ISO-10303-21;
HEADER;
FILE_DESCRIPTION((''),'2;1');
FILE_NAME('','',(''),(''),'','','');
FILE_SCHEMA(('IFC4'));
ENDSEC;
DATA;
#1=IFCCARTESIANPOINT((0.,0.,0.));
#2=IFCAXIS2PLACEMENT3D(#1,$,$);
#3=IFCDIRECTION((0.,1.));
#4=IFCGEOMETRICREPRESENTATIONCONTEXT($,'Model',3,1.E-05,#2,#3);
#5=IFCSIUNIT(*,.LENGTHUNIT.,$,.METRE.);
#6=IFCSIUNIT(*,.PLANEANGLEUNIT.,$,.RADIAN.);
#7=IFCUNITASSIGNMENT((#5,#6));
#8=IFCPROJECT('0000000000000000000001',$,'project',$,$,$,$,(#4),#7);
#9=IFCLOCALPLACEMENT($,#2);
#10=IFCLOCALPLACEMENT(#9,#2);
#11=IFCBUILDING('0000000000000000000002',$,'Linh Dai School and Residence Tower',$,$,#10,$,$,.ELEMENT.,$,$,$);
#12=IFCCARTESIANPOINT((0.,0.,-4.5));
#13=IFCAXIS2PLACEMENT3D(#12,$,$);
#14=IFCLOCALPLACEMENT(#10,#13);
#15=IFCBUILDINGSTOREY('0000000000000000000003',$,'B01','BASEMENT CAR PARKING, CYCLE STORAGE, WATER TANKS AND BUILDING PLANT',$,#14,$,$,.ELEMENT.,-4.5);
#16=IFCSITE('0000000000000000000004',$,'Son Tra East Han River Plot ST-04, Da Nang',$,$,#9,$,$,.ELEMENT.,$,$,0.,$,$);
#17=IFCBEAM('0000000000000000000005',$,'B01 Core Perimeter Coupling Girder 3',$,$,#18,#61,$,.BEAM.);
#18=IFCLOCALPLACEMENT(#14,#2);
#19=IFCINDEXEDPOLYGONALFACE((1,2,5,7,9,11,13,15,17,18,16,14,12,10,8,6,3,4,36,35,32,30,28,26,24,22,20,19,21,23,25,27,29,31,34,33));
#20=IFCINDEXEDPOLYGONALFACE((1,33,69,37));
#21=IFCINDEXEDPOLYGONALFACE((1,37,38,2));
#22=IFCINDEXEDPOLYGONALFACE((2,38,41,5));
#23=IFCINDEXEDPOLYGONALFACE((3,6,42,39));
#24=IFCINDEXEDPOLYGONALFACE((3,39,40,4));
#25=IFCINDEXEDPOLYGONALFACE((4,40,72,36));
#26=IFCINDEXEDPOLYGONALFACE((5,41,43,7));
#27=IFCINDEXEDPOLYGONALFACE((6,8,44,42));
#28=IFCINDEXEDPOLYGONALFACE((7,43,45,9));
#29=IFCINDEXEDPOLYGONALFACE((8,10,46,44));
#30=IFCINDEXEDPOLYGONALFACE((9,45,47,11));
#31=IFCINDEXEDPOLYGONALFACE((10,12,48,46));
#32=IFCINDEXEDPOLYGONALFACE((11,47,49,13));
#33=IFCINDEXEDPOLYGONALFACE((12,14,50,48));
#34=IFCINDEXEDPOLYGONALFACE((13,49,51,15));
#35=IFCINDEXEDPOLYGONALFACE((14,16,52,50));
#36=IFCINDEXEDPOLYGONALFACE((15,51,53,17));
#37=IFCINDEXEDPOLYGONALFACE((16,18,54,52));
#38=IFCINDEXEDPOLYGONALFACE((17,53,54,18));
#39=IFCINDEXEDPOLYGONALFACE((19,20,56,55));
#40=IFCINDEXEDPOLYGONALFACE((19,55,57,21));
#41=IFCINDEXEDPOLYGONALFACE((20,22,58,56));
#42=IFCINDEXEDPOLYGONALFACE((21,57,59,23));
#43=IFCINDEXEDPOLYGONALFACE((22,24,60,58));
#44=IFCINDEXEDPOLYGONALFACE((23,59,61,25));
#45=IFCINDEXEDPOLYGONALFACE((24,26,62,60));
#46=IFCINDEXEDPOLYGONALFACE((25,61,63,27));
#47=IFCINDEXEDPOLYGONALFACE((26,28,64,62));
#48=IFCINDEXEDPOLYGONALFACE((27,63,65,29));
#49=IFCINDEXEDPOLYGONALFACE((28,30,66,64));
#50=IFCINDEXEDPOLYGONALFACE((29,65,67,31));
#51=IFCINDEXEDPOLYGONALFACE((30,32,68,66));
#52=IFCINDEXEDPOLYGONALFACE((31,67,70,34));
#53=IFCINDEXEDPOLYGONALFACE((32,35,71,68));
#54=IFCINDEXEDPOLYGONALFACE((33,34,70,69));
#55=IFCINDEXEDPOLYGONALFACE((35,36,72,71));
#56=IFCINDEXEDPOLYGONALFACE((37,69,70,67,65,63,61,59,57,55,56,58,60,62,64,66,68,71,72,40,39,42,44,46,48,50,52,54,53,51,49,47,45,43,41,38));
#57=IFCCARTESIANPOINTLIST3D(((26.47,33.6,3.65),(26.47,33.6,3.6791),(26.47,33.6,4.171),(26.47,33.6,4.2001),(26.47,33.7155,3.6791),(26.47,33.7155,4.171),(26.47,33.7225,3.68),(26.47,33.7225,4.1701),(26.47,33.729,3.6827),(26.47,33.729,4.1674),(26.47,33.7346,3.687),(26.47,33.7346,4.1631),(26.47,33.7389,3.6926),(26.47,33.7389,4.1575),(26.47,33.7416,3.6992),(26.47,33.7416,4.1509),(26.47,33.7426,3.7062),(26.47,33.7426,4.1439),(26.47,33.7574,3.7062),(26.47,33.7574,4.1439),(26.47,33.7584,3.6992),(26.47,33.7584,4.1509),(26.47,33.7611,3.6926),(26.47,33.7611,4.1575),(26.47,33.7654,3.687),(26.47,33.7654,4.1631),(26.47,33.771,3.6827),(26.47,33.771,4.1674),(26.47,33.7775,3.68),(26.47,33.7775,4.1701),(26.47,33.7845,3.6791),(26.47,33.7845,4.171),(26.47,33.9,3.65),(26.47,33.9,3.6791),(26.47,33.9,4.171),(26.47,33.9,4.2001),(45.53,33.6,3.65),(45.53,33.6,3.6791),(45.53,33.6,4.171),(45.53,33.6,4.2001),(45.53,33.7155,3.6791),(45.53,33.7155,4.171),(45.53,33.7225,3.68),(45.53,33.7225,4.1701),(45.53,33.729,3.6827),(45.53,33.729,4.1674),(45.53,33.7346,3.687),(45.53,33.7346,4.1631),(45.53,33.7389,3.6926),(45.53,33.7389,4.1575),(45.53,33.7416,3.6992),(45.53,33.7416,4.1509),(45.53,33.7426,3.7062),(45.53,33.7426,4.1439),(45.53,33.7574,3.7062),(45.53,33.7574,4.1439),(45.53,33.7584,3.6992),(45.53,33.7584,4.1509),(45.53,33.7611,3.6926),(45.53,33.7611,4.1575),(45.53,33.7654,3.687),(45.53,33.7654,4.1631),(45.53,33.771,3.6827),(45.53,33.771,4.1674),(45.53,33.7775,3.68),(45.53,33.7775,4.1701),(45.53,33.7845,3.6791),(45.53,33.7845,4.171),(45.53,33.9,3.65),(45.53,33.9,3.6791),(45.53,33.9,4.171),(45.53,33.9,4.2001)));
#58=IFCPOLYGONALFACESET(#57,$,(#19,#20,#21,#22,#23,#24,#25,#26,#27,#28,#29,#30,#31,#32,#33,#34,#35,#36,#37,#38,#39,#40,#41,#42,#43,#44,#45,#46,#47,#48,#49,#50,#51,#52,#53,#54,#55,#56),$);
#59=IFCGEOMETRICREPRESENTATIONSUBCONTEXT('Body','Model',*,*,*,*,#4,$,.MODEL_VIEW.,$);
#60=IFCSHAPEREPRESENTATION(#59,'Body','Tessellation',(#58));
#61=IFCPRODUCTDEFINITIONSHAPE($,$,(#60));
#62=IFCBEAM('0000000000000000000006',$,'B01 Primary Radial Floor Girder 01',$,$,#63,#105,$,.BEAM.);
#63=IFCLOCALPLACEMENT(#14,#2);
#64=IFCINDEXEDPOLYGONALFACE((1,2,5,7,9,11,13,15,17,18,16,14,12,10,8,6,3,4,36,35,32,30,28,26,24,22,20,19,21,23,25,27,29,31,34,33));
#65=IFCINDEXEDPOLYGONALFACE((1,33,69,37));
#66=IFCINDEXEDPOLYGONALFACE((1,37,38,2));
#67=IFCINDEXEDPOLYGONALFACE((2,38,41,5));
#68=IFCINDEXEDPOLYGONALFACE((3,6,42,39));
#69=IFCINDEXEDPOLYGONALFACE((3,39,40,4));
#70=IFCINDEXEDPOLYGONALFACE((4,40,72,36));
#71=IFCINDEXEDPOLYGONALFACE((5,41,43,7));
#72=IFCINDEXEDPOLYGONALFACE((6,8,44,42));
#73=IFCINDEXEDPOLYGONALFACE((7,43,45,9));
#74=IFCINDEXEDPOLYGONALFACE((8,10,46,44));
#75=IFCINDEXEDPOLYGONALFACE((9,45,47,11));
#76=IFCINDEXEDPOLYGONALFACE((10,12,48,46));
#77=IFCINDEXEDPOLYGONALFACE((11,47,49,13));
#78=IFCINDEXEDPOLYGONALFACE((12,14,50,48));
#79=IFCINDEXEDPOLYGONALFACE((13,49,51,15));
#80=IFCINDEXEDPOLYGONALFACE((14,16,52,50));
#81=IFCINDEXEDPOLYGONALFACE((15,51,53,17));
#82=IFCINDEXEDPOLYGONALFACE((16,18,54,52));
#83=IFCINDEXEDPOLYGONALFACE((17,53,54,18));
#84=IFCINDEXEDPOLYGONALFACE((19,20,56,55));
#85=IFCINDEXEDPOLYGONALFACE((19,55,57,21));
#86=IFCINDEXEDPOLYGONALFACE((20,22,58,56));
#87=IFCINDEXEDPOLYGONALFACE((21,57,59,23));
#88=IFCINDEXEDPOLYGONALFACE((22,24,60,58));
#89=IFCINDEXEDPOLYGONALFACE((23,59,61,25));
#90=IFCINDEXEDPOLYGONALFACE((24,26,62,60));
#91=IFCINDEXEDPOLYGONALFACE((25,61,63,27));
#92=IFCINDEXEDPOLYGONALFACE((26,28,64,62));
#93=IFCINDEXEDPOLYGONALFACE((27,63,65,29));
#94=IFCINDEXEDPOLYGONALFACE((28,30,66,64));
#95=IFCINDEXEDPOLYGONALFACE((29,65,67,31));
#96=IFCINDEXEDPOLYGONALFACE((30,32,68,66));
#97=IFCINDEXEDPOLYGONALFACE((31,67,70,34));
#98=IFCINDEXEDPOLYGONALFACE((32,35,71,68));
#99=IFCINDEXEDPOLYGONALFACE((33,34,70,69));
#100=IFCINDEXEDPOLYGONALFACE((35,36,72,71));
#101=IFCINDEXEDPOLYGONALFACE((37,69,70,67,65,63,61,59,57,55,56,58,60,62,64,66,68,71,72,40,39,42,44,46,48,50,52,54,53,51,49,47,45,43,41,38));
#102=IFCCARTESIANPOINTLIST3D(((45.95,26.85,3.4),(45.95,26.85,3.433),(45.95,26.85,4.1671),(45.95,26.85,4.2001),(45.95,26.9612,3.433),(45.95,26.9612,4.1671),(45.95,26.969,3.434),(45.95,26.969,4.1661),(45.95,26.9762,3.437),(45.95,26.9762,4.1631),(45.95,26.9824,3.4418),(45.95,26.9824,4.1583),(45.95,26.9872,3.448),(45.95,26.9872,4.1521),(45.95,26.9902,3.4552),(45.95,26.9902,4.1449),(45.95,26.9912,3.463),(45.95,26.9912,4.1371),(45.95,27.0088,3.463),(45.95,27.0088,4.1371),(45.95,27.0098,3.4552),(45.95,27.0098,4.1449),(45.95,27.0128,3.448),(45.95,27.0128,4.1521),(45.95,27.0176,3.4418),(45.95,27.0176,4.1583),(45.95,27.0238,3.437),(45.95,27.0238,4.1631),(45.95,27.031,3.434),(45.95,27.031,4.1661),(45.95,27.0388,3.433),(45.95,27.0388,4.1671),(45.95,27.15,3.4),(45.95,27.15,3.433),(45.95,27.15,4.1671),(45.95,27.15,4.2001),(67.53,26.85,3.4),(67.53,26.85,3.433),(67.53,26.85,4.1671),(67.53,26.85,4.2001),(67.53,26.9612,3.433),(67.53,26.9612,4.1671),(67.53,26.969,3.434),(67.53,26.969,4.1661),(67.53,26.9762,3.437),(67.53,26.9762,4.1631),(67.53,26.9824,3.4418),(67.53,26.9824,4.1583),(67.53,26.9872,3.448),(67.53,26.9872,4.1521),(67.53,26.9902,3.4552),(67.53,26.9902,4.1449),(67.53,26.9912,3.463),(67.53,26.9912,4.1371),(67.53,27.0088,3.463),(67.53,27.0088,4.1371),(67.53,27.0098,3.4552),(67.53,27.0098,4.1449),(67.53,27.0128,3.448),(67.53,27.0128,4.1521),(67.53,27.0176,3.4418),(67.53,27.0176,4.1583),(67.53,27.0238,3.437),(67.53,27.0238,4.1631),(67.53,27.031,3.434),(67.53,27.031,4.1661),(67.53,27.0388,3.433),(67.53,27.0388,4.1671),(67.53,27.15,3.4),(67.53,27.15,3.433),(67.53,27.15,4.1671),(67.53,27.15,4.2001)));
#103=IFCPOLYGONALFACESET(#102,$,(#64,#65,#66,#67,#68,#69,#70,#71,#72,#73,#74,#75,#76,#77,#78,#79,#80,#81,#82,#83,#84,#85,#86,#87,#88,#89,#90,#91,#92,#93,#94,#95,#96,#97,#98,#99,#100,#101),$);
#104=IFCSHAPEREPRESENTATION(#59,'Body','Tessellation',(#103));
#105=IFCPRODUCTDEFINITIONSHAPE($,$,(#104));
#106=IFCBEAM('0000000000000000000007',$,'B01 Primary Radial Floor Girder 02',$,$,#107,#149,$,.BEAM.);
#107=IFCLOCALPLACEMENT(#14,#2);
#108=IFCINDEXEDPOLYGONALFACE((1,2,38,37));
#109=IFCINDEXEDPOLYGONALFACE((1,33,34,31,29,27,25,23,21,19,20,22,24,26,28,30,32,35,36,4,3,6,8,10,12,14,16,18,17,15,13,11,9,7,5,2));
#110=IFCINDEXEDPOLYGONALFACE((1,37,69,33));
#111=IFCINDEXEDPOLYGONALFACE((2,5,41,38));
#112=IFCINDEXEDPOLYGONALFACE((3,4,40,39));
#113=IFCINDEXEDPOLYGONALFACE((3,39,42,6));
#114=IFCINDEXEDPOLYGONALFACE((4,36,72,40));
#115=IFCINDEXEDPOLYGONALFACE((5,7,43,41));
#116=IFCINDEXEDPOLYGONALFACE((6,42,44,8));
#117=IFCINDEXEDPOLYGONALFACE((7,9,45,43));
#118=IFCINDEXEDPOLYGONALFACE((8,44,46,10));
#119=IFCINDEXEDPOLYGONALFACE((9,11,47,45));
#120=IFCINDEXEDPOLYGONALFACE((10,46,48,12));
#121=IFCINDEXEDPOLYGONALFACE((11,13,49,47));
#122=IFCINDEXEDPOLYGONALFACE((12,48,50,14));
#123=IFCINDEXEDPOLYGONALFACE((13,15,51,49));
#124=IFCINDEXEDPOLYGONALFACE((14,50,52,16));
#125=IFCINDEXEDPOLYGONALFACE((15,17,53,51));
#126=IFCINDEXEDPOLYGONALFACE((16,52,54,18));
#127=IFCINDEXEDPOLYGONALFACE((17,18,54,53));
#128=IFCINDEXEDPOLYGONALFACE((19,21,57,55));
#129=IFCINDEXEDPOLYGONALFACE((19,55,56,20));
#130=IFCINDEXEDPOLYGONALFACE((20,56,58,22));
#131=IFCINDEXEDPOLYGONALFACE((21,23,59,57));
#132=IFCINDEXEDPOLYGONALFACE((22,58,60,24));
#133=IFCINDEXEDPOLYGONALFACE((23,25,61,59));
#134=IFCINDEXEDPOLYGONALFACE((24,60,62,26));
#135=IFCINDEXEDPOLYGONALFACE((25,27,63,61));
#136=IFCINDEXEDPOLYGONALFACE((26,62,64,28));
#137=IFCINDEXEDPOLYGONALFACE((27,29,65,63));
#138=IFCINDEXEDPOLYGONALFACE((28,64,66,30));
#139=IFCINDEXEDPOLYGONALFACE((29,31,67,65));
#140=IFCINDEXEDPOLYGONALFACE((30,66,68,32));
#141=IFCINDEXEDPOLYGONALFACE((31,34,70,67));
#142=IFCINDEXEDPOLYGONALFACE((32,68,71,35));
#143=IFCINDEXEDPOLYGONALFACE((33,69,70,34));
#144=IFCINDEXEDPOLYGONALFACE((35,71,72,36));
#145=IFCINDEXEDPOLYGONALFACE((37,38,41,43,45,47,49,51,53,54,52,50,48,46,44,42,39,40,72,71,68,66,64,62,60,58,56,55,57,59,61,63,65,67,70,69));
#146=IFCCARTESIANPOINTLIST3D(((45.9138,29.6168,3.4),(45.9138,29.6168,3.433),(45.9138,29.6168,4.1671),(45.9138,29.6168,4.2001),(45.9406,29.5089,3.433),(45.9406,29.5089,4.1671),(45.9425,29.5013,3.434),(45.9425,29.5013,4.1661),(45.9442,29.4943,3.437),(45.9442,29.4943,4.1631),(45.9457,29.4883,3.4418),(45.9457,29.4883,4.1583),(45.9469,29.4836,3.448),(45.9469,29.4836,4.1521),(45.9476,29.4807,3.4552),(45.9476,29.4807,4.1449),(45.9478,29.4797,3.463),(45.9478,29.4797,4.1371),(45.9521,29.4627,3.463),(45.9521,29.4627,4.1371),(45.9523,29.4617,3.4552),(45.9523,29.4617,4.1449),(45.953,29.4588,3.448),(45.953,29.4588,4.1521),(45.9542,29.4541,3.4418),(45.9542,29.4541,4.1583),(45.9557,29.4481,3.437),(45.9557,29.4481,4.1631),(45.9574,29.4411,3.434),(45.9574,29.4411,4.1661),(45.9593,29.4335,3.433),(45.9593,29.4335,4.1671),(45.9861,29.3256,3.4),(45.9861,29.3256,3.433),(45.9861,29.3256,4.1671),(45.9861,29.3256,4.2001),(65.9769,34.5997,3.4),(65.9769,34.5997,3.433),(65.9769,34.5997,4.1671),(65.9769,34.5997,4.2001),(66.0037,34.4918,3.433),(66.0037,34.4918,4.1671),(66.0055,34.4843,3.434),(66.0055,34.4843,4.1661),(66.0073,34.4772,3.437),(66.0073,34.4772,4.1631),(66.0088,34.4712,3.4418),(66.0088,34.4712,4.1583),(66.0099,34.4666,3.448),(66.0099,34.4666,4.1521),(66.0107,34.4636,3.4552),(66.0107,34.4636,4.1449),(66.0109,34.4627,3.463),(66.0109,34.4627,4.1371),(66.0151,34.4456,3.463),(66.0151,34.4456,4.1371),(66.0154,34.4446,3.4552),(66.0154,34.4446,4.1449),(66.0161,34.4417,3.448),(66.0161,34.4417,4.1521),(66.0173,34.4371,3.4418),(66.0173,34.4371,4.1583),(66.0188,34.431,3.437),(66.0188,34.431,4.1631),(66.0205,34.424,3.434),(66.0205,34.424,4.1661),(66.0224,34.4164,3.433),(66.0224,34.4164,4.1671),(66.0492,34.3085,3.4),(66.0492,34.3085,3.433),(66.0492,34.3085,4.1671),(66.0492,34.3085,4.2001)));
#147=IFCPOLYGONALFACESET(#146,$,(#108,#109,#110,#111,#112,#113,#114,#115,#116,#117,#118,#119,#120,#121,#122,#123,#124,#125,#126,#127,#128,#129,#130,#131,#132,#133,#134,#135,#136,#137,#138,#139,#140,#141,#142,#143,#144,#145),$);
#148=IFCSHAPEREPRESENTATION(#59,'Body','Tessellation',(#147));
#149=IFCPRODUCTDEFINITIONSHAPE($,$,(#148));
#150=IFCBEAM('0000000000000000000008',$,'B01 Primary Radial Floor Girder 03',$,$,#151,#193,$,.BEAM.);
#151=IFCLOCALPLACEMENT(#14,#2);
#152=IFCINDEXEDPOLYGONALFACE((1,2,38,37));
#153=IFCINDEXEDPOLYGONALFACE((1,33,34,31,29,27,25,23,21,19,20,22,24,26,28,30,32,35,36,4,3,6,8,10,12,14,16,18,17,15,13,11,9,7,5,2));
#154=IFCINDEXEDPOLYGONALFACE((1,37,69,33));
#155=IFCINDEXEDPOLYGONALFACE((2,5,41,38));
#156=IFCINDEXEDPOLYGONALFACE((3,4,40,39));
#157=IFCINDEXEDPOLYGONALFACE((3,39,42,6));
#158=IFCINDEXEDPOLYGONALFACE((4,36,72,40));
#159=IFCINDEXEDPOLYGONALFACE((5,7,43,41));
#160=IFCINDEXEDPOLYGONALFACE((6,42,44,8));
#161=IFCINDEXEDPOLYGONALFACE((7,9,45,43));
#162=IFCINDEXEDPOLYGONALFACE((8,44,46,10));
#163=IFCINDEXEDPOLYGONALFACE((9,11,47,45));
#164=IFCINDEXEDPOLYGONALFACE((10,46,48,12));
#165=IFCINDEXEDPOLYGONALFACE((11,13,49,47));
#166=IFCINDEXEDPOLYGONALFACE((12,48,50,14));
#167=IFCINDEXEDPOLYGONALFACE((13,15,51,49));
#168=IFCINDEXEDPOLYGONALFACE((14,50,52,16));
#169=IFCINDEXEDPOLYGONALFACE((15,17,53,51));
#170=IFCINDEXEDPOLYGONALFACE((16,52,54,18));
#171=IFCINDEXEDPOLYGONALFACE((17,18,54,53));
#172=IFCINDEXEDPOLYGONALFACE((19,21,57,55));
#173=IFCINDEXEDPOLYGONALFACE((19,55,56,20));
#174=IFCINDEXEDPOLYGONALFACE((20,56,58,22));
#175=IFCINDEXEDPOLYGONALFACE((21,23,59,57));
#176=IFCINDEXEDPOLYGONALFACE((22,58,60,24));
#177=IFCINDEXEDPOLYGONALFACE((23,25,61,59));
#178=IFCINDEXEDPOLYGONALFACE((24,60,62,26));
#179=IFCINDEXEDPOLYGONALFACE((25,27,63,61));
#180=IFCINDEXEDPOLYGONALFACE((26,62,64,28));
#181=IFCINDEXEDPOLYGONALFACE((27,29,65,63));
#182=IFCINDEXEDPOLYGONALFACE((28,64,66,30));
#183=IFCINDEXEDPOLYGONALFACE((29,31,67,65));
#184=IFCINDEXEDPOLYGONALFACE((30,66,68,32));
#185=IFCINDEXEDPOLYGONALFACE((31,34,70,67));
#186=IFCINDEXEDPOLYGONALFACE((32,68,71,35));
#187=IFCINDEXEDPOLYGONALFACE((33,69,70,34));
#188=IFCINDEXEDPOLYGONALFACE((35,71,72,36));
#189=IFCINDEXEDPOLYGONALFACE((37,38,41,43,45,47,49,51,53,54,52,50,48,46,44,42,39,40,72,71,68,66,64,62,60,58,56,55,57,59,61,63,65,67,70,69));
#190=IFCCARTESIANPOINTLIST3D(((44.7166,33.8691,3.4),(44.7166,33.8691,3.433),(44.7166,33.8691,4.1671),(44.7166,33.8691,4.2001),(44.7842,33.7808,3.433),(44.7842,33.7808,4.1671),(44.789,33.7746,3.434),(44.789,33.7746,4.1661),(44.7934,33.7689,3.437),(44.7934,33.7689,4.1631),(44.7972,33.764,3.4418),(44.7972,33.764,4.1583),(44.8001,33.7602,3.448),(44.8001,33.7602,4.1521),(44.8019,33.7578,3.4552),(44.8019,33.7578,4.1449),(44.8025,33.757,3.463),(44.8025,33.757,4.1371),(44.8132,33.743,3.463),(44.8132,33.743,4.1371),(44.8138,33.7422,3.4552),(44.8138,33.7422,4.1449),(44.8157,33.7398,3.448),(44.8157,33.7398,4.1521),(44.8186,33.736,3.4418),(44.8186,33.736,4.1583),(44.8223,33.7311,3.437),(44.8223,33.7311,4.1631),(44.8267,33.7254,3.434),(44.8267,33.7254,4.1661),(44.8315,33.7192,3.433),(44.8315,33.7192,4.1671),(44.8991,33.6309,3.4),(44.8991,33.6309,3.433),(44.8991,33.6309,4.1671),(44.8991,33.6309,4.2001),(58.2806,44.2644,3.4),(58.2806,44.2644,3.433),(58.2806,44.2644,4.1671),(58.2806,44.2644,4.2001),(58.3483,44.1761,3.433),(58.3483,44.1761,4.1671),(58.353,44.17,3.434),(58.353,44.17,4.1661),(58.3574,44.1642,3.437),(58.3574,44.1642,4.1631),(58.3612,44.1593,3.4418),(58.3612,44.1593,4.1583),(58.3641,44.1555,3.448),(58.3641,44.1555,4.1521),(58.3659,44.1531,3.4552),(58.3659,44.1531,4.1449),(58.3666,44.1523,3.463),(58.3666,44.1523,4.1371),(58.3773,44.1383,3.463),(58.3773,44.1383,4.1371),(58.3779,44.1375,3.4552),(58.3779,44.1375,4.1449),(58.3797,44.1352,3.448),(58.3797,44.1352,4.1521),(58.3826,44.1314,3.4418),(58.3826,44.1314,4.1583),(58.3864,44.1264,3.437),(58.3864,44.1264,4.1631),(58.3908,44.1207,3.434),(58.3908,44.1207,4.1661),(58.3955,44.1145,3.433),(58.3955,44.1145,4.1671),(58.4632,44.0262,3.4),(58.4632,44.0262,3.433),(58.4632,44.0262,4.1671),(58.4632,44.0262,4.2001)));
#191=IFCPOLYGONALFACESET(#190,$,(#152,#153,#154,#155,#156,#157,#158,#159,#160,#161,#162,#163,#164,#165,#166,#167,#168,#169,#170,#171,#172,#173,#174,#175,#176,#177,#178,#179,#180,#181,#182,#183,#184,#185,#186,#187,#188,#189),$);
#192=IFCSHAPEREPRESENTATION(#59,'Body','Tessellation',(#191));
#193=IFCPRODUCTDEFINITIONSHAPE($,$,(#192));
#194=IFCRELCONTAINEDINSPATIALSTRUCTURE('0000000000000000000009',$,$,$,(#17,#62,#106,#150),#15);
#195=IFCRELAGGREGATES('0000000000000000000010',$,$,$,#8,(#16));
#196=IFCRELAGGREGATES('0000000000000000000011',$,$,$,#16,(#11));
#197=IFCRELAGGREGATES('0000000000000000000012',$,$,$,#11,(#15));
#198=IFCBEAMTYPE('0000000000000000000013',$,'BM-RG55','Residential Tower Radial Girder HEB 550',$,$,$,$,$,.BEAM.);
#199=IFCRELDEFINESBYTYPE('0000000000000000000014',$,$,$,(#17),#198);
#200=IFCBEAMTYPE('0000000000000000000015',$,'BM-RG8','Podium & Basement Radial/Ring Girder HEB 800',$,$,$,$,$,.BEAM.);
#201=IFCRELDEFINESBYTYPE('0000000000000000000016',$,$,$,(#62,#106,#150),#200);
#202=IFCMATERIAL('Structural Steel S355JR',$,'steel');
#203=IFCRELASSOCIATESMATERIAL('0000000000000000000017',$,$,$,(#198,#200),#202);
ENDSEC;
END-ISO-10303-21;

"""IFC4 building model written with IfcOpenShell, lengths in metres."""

from ifc_helpers import new_model, si_unit, direction, frame, origin, origin_2d, place, context, subcontext, project, spatial, i_section, extrude, material, material_profile, profile_set, type_object, element, save


model = new_model("IFC4")

# Units and contexts
model_context = context("Model", 3, precision=1e-05, world=origin(), true_north=direction((0.0, 1.0)))
body_context = subcontext(model_context, "Body", "Model", "MODEL_VIEW")
ifc_project = project(units=[si_unit("LENGTHUNIT", "METRE"), si_unit("PLANEANGLEUNIT", "RADIAN")], contexts=[model_context])

# Site, building, storey
site_placement = place(None, origin())
site = spatial("IfcSite", under=ifc_project, at=site_placement, Name="Son Tra East Han River Plot ST-04, Da Nang", CompositionType="ELEMENT", RefElevation=0.0)
building_placement = place(site_placement, origin())
building = spatial("IfcBuilding", under=site, at=building_placement, Name="Linh Dai School and Residence Tower", CompositionType="ELEMENT")
storey_placement = place(building_placement, frame((0.0, 0.0, -4.5)))
storey = spatial("IfcBuildingStorey", under=building, at=storey_placement, Name="B01", Description="BASEMENT CAR PARKING, CYCLE STORAGE, WATER TANKS AND BUILDING PLANT", CompositionType="ELEMENT", Elevation=-4.5)

# Shared definitions
ifc_material_1 = material(Name="Structural Steel S355JR", Category="steel")

# Beams
ifc_material_profile_1 = material_profile(ifc_material_1, i_section(OverallWidth=0.3, OverallDepth=0.55, WebThickness=0.0149, FlangeThickness=0.0291, FilletRadius=0.0271, at=origin_2d()), Name="HEB 550")
ifc_profile_set_1 = profile_set([ifc_material_profile_1], Name="Structural Steel S355JR")
beam_type_1 = type_object("IfcBeamType", Name="BM-RG55", Description="Residential Tower Radial Girder HEB 550", PredefinedType="BEAM", material=ifc_profile_set_1)
beam_1_placement = place(storey_placement, frame((45.53, 33.75, 3.925), z_axis=(-1.0, 0.0, 0.0), x_axis=(0.0, -1.0, 0.0)))
element("IfcBeam", 1, at=beam_1_placement, inside=storey, type_object=beam_type_1, Name="B01 Core Perimeter Coupling Girder 3", PredefinedType="BEAM", context=body_context, shape_type="SweptSolid", body=[
    extrude(i_section(OverallWidth=0.3, OverallDepth=0.55, WebThickness=0.0149, FlangeThickness=0.0291, FilletRadius=0.0271, at=origin_2d()), origin(), (0.0, 0.0, 1.0), 19.0601),
])
ifc_material_profile_2 = material_profile(ifc_material_1, i_section(OverallWidth=0.3, OverallDepth=0.8, WebThickness=0.0176, FlangeThickness=0.033, FilletRadius=0.03, at=origin_2d()), Name="HEB 800")
ifc_profile_set_2 = profile_set([ifc_material_profile_2], Name="Structural Steel S355JR")
beam_type_2 = type_object("IfcBeamType", Name="BM-RG8", Description="Podium & Basement Radial/Ring Girder HEB 800", PredefinedType="BEAM", material=ifc_profile_set_2)
beam_2_placement = place(storey_placement, frame((45.95, 27.0, 3.8), z_axis=(1.0, 0.0, 0.0), x_axis=(0.0, 1.0, 0.0)))
element("IfcBeam", 2, at=beam_2_placement, inside=storey, type_object=beam_type_2, Name="B01 Primary Radial Floor Girder 01", PredefinedType="BEAM", context=body_context, shape_type="SweptSolid", body=[
    extrude(i_section(OverallWidth=0.3, OverallDepth=0.8, WebThickness=0.0176, FlangeThickness=0.033, FilletRadius=0.03, at=origin_2d()), origin(), (0.0, 0.0, 1.0), 21.5801),
])
beam_3_placement = place(storey_placement, frame((45.95, 29.4712, 3.8), z_axis=(0.970515, 0.24104, 0.0), x_axis=(-0.24104, 0.970515, 0.0)))
element("IfcBeam", 3, at=beam_3_placement, inside=storey, type_object=beam_type_2, Name="B01 Primary Radial Floor Girder 02", PredefinedType="BEAM", context=body_context, shape_type="SweptSolid", body=[
    extrude(i_section(OverallWidth=0.3, OverallDepth=0.8, WebThickness=0.0176, FlangeThickness=0.033, FilletRadius=0.03, at=origin_2d()), origin(), (0.0, 0.0, 1.0), 20.6726),
])
beam_4_placement = place(storey_placement, frame((44.8079, 33.75, 3.8), z_axis=(0.793713, 0.608292, 0.0), x_axis=(-0.608292, 0.793713, 0.0)))
element("IfcBeam", 4, at=beam_4_placement, inside=storey, type_object=beam_type_2, Name="B01 Primary Radial Floor Girder 03", PredefinedType="BEAM", context=body_context, shape_type="SweptSolid", body=[
    extrude(i_section(OverallWidth=0.3, OverallDepth=0.8, WebThickness=0.0176, FlangeThickness=0.033, FilletRadius=0.03, at=origin_2d()), origin(), (0.0, 0.0, 1.0), 17.0894),
])

save(model, "model.ifc")
